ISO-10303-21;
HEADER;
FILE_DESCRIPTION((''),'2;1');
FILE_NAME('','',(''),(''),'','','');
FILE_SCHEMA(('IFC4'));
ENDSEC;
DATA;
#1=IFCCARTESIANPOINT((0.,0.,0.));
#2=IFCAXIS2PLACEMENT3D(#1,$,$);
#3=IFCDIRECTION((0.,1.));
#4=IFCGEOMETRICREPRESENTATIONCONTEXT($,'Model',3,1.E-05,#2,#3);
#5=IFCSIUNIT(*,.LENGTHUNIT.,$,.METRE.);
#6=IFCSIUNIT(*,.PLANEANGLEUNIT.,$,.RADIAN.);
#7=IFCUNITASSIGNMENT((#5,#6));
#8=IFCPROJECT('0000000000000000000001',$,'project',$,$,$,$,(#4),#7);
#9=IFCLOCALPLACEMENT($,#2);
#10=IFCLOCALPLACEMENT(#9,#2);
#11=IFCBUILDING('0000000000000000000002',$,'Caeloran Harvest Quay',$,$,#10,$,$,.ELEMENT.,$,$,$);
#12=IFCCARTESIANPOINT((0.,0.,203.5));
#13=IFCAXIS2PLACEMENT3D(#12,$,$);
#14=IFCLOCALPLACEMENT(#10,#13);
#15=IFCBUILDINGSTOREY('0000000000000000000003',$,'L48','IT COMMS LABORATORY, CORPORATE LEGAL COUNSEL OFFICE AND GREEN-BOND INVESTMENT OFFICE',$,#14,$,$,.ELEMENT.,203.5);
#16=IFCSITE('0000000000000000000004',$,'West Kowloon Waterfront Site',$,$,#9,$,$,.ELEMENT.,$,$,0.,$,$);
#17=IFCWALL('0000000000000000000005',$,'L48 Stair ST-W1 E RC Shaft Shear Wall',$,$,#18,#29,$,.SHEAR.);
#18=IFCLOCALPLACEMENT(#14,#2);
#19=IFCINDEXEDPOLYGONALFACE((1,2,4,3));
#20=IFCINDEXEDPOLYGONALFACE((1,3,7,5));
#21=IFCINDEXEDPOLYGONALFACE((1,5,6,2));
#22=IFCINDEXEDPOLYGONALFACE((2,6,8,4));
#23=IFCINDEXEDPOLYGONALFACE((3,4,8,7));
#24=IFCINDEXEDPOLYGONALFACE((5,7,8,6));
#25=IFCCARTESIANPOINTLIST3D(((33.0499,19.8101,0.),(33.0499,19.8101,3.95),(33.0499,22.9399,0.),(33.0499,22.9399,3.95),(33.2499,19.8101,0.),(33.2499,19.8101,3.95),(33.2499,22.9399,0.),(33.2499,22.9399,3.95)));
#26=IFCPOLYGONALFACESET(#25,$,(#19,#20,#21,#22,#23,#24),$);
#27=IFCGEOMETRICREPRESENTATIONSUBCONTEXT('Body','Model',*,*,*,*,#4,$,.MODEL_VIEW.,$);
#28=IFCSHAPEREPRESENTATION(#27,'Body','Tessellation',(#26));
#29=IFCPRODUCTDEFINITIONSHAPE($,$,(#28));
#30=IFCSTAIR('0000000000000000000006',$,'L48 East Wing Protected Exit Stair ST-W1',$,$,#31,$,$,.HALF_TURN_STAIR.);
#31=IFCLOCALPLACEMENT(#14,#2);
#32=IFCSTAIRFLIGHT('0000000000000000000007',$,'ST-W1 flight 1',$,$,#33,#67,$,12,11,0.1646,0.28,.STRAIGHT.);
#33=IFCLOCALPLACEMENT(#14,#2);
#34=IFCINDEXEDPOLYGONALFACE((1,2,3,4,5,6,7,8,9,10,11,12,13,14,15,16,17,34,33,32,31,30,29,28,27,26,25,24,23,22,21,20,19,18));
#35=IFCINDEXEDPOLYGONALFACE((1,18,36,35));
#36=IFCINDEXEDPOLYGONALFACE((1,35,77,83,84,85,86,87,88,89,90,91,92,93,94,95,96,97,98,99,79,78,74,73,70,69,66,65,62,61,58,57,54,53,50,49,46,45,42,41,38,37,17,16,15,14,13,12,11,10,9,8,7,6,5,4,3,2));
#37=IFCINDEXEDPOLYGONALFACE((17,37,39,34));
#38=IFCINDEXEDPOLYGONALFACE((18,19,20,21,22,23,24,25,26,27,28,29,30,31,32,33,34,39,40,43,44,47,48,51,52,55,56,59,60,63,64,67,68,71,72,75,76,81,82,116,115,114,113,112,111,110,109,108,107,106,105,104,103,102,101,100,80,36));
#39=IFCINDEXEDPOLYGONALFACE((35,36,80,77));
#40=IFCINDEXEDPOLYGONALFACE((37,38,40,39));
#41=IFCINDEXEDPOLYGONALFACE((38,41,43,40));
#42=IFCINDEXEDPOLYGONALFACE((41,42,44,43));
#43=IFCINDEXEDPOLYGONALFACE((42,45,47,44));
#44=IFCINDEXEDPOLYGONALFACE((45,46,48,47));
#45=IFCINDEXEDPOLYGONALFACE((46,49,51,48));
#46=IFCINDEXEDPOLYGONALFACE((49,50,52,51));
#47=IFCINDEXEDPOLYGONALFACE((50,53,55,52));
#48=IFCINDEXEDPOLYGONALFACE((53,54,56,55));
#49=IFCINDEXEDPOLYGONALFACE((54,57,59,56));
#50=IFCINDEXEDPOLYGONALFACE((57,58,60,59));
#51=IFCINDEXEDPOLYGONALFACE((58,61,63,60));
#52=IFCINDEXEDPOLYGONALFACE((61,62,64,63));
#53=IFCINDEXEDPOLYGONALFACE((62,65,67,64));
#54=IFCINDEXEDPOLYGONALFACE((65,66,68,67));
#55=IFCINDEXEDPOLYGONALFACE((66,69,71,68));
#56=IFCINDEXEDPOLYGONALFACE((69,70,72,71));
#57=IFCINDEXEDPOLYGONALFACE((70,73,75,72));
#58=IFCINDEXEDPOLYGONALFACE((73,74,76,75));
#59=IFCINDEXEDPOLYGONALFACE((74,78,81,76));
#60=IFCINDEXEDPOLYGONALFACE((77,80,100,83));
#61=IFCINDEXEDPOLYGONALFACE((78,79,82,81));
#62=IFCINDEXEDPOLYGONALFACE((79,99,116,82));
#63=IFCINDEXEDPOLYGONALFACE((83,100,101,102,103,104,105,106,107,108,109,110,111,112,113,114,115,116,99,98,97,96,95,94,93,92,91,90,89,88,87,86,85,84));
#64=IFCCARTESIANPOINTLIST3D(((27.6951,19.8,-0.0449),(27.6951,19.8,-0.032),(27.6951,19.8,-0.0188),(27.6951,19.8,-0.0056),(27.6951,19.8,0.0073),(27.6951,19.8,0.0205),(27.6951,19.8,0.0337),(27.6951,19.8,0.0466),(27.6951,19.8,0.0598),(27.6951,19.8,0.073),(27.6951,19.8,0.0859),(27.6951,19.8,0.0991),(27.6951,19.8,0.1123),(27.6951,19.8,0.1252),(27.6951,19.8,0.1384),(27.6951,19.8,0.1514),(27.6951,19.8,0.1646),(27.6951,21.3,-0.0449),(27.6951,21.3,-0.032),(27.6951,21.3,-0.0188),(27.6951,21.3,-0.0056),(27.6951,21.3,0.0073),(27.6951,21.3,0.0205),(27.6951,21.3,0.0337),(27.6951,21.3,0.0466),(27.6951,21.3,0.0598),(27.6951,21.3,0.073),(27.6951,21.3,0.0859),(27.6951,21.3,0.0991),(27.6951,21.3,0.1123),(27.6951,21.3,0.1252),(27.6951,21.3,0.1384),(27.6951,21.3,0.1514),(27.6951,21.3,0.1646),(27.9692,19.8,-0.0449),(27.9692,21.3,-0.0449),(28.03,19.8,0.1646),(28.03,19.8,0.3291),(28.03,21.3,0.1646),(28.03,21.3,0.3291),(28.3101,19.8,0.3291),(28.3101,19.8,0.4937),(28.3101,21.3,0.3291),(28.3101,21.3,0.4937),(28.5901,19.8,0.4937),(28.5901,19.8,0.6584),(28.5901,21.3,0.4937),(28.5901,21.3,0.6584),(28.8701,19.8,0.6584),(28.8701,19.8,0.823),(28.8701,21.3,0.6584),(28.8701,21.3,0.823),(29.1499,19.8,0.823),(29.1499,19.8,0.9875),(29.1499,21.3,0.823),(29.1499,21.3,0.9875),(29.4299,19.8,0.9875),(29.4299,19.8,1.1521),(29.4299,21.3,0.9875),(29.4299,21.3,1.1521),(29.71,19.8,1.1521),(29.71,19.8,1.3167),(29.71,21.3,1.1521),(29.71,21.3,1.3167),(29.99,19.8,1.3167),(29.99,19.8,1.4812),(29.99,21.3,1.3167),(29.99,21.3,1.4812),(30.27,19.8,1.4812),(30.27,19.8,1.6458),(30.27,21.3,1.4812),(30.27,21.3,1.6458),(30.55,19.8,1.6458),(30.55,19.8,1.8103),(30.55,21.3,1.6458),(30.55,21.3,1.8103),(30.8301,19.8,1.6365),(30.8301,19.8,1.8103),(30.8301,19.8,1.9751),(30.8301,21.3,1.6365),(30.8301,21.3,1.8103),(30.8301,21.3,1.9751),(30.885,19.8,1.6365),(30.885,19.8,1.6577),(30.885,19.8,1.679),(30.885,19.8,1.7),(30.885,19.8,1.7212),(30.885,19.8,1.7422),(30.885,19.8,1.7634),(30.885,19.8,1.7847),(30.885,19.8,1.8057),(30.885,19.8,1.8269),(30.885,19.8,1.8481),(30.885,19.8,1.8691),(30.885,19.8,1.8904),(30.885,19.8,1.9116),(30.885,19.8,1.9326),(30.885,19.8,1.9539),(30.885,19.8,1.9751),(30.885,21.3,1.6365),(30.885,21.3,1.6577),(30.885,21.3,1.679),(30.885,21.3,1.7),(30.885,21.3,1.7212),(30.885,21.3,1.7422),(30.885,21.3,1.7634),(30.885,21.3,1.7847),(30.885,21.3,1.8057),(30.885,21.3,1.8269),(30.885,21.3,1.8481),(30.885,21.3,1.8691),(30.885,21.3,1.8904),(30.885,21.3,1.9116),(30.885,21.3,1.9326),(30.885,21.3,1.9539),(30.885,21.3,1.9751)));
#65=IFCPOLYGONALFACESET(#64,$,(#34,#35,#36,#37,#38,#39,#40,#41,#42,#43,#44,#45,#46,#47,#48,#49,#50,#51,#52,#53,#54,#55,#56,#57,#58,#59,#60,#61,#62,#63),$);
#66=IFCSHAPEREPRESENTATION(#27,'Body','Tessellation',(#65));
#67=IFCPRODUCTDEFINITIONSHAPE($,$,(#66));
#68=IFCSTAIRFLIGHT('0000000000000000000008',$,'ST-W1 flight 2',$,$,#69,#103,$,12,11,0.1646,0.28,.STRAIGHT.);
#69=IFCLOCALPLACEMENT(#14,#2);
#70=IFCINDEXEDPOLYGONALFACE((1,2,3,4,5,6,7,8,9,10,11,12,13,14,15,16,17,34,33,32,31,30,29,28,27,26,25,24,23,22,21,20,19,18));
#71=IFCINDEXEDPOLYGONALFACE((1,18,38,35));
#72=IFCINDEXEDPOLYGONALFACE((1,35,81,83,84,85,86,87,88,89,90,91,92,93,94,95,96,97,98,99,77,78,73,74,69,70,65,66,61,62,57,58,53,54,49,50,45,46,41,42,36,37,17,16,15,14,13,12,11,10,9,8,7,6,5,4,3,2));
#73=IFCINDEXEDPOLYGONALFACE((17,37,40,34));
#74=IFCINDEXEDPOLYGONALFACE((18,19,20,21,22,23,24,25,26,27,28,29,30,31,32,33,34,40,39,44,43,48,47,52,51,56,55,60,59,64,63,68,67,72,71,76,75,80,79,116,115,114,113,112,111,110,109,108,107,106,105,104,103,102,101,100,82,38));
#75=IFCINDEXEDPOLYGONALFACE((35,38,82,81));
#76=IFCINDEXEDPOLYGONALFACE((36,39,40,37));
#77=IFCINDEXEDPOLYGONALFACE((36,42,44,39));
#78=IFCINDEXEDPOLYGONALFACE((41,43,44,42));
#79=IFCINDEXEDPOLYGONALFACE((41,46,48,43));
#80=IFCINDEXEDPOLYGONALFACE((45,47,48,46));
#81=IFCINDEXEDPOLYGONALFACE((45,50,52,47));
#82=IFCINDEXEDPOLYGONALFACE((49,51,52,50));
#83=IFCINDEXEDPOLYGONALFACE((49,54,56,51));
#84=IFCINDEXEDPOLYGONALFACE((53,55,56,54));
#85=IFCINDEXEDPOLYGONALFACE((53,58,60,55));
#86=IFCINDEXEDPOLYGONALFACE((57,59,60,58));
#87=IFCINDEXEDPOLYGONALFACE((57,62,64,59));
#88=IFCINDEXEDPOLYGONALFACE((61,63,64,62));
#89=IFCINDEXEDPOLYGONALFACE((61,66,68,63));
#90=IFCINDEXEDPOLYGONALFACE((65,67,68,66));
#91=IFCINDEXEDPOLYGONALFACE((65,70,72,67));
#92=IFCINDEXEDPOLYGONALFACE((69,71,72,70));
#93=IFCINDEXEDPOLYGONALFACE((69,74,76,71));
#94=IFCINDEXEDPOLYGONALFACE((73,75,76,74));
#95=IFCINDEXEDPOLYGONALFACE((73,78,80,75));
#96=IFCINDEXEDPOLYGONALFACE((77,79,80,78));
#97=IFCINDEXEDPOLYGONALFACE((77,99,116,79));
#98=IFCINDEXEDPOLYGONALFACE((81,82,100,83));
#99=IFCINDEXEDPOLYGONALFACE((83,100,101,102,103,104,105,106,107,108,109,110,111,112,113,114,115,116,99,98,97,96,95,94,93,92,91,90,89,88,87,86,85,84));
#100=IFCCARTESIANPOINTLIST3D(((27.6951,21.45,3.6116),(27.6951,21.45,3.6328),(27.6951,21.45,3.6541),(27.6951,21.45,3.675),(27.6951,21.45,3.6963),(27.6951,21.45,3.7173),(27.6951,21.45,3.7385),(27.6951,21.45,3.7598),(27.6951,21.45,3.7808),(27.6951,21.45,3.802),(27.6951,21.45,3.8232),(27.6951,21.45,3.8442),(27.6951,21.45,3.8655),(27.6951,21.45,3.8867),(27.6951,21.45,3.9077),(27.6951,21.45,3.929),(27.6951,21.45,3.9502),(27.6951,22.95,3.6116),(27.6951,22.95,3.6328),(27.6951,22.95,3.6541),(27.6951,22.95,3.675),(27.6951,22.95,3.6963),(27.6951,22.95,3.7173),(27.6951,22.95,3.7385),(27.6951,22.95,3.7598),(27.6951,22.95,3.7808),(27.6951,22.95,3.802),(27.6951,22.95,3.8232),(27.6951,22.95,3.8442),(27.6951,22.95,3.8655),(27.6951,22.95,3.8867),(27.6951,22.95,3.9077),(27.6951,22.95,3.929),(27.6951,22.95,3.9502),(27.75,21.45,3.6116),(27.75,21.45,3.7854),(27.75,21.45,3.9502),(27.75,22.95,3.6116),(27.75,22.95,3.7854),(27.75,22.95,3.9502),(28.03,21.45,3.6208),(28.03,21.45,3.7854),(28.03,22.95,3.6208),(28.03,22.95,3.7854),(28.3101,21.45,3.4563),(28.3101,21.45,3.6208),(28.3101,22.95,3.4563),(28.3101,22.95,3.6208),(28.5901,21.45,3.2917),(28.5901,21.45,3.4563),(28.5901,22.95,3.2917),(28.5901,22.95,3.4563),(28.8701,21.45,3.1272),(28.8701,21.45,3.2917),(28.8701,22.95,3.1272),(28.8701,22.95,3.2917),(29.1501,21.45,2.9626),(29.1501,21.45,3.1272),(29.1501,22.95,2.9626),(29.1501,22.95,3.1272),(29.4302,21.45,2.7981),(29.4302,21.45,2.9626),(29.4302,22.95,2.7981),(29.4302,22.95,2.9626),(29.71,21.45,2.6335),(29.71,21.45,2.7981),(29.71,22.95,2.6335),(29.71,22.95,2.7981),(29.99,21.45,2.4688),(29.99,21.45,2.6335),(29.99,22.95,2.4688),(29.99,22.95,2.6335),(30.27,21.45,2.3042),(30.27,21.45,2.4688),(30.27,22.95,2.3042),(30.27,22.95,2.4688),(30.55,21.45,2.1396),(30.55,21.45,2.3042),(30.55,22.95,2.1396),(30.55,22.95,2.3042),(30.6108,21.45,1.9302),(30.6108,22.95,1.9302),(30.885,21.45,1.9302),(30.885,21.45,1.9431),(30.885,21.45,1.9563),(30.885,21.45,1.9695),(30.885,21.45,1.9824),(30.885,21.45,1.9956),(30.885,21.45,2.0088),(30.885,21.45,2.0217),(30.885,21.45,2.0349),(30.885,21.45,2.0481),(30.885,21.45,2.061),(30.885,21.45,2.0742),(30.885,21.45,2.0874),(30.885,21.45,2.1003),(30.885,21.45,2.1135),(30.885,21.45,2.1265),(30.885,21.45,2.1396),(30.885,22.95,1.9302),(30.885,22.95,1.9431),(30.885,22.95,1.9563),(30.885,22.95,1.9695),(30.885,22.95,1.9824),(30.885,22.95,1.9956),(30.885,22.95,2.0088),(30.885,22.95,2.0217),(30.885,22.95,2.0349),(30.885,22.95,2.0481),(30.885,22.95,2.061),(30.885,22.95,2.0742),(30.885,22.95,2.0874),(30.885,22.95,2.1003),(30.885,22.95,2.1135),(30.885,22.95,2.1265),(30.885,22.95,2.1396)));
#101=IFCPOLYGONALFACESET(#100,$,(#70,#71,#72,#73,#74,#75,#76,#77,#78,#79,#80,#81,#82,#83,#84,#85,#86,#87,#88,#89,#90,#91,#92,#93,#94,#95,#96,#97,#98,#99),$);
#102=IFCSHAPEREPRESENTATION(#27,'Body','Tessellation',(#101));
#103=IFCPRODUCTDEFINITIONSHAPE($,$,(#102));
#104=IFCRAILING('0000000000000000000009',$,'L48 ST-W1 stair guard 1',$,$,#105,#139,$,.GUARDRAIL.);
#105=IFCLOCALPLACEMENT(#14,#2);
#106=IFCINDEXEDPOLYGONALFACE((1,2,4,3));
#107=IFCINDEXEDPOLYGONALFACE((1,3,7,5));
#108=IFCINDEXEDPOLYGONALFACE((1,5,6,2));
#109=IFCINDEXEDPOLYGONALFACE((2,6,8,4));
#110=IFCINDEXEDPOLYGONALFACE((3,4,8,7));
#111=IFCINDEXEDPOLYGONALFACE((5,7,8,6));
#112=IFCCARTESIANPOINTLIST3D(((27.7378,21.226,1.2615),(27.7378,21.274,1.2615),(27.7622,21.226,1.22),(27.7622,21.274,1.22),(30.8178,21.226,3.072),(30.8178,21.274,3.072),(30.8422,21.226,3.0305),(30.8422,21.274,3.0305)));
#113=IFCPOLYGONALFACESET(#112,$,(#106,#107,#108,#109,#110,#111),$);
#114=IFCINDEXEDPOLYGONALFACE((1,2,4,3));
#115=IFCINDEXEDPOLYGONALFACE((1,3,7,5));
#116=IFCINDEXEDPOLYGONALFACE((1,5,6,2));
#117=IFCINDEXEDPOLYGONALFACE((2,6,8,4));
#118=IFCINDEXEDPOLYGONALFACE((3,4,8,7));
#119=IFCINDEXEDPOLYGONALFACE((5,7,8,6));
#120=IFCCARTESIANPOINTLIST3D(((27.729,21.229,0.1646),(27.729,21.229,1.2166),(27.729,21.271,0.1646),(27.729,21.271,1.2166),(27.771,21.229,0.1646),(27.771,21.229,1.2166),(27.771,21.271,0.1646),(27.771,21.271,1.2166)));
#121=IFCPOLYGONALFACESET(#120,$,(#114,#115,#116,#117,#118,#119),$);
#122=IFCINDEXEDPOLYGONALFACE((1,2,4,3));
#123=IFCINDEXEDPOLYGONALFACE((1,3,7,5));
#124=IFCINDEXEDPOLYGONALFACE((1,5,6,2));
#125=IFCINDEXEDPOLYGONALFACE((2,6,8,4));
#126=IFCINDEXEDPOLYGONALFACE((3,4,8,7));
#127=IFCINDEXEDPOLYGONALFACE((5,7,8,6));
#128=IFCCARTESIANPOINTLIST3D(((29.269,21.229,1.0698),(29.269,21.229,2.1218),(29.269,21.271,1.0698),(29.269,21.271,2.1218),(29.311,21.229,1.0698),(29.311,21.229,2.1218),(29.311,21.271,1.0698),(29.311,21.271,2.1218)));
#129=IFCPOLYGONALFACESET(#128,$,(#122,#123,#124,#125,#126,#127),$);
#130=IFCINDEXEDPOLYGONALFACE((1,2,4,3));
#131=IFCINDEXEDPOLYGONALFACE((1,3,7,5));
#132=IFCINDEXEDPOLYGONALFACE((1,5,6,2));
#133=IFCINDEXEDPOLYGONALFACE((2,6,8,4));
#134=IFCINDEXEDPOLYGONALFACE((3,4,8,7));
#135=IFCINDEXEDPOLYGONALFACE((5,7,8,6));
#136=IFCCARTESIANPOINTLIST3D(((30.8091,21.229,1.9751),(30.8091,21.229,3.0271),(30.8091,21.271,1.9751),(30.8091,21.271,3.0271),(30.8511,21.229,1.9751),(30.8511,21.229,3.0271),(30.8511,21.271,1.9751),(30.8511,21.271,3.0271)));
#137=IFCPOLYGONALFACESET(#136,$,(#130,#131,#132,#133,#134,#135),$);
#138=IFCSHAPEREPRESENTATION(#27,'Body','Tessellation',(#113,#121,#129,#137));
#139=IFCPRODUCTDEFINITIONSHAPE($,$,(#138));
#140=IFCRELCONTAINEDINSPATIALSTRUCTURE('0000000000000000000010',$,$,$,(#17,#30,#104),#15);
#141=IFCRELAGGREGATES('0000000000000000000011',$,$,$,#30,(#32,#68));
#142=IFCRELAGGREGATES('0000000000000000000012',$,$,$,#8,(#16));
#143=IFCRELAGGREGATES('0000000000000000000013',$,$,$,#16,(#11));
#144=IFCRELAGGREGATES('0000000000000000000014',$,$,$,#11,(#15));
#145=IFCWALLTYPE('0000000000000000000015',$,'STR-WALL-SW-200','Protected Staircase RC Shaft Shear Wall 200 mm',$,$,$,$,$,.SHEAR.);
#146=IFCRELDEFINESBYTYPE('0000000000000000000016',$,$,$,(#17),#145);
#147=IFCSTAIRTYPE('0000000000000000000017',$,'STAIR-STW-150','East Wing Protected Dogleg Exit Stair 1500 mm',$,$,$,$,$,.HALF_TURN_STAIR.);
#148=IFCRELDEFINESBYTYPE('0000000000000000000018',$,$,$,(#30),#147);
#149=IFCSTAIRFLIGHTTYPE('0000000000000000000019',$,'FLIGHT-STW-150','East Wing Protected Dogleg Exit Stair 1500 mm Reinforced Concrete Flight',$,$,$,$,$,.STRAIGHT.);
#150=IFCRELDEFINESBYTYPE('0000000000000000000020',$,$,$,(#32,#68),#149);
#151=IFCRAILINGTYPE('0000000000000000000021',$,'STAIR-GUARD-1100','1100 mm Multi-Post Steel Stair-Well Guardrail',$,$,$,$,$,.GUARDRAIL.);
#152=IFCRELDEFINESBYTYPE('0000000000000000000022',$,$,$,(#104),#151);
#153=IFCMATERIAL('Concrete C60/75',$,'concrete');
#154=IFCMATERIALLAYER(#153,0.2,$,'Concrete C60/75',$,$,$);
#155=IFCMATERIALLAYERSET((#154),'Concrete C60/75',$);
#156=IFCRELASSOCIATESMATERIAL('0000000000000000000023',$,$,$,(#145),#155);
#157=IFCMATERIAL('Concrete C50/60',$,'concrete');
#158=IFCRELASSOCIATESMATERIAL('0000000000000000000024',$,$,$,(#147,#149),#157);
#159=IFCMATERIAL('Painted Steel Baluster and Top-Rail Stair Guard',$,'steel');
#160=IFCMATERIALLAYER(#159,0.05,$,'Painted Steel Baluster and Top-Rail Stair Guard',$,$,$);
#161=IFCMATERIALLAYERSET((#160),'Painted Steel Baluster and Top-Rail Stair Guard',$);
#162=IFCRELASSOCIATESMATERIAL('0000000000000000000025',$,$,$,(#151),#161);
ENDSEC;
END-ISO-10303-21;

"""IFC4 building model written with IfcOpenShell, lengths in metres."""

from ifc_helpers import new_model, si_unit, direction, frame, frame_2d, origin, origin_2d, place, context, subcontext, project, spatial, polyline, rectangle, outline, extrude, material, layer, layer_set, type_object, element, aggregate, save


model = new_model("IFC4")

# Units and contexts
model_context = context("Model", 3, precision=1e-05, world=origin(), true_north=direction((0.0, 1.0)))
body_context = subcontext(model_context, "Body", "Model", "MODEL_VIEW")
ifc_project = project(units=[si_unit("LENGTHUNIT", "METRE"), si_unit("PLANEANGLEUNIT", "RADIAN")], contexts=[model_context])

# Site, building, storey
site_placement = place(None, origin())
site = spatial("IfcSite", under=ifc_project, at=site_placement, Name="West Kowloon Waterfront Site", CompositionType="ELEMENT", RefElevation=0.0)
building_placement = place(site_placement, origin())
building = spatial("IfcBuilding", under=site, at=building_placement, Name="Caeloran Harvest Quay", CompositionType="ELEMENT")
storey_placement = place(building_placement, frame((0.0, 0.0, 203.5)))
storey = spatial("IfcBuildingStorey", under=building, at=storey_placement, Name="L48", Description="IT COMMS LABORATORY, CORPORATE LEGAL COUNSEL OFFICE AND GREEN-BOND INVESTMENT OFFICE", CompositionType="ELEMENT", Elevation=203.5)

# Shared definitions
ifc_material_1 = material(Name="Concrete C60/75", Category="concrete")
ifc_layer_1 = layer(ifc_material_1, 0.2, Name="Concrete C60/75")
ifc_layer_set_1 = layer_set([ifc_layer_1], Name="Concrete C60/75")
wall_type_1 = type_object("IfcWallType", Name="STR-WALL-SW-200", Description="Protected Staircase RC Shaft Shear Wall 200 mm", PredefinedType="SHEAR", material=ifc_layer_set_1)

# Wall
for number, where, z_axis, x_axis, name in (
    (1, (33.1499, 19.8101, 0.0), (0.0, 0.0, 1.0), (0.0, 1.0, 0.0), "L48 Stair ST-W1 E RC Shaft Shear Wall"),
):
    element("IfcWall", number, at=place(storey_placement, frame(where, z_axis=z_axis, x_axis=x_axis)), inside=storey, type_object=wall_type_1, Name=name, PredefinedType="SHEAR", context=body_context, shape_type="SweptSolid", body=[
        extrude(rectangle(XDim=3.1299, YDim=0.2, at=frame_2d((1.5649, 0.0))), origin(), (0.0, 0.0, 1.0), 3.95),
    ])

# Stair, stair flights
ifc_material_2 = material(Name="Concrete C50/60", Category="concrete")
stair_type = type_object("IfcStairType", Name="STAIR-STW-150", Description="East Wing Protected Dogleg Exit Stair 1500 mm", PredefinedType="HALF_TURN_STAIR", material=ifc_material_2)
stair_placement = place(storey_placement, origin())
stair = element("IfcStair", 2, at=stair_placement, inside=storey, type_object=stair_type, Name="L48 East Wing Protected Exit Stair ST-W1", PredefinedType="HALF_TURN_STAIR")
stair_flight_type = type_object("IfcStairFlightType", Name="FLIGHT-STW-150", Description="East Wing Protected Dogleg Exit Stair 1500 mm Reinforced Concrete Flight", PredefinedType="STRAIGHT", material=ifc_material_2)
stair_flight_1_placement = place(storey_placement, frame((27.75, 20.55, 0.0), z_axis=(0.0, 0.0, 1.0), x_axis=(1.0, 0.0, 0.0)))
stair_flight_1 = element("IfcStairFlight", 3, at=stair_flight_1_placement, type_object=stair_flight_type, Name="ST-W1 flight 1", NumberOfRisers=12, NumberOfTreads=11, PredefinedType="STRAIGHT", RiserHeight=0.1646, TreadLength=0.28, context=body_context, shape_type="SweptSolid", body=[
    extrude(outline(polyline([(-0.0549, -0.0449), (-0.0549, -0.032), (-0.0549, -0.0188), (-0.0549, -0.0056), (-0.0549, 0.0073), (-0.0549, 0.0205), (-0.0549, 0.0337), (-0.0549, 0.0466), (-0.0549, 0.0598), (-0.0549, 0.073), (-0.0549, 0.0859), (-0.0549, 0.0991), (-0.0549, 0.1123), (-0.0549, 0.1252), (-0.0549, 0.1384), (-0.0549, 0.1514), (-0.0549, 0.1646), (0.28, 0.1646), (0.28, 0.3291), (0.5601, 0.3291), (0.5601, 0.4937), (0.8401, 0.4937), (0.8401, 0.6584), (1.1201, 0.6584), (1.1201, 0.823), (1.3999, 0.823), (1.3999, 0.9875), (1.6799, 0.9875), (1.6799, 1.1521), (1.96, 1.1521), (1.96, 1.3167), (2.24, 1.3167), (2.24, 1.4812), (2.52, 1.4812), (2.52, 1.6458), (2.8, 1.6458), (2.8, 1.8103), (3.0801, 1.8103), (3.0801, 1.9751), (3.135, 1.9751), (3.135, 1.9539), (3.135, 1.9326), (3.135, 1.9116), (3.135, 1.8904), (3.135, 1.8691), (3.135, 1.8481), (3.135, 1.8269), (3.135, 1.8057), (3.135, 1.7847), (3.135, 1.7634), (3.135, 1.7422), (3.135, 1.7212), (3.135, 1.7), (3.135, 1.679), (3.135, 1.6577), (3.135, 1.6365), (3.0801, 1.6365), (0.2192, -0.0449), (-0.0549, -0.0449)])), frame((0.0, 0.75, 0.0), z_axis=(0.0, -1.0, 0.0), x_axis=(1.0, 0.0, 0.0)), (0.0, 0.0, 1.0), 1.5),
])
stair_flight_2_placement = place(storey_placement, frame((30.8301, 22.2, 1.9751), z_axis=(0.0, 0.0, 1.0), x_axis=(-1.0, 0.0, 0.0)))
stair_flight_2 = element("IfcStairFlight", 4, at=stair_flight_2_placement, type_object=stair_flight_type, Name="ST-W1 flight 2", NumberOfRisers=12, NumberOfTreads=11, PredefinedType="STRAIGHT", RiserHeight=0.1646, TreadLength=0.28, context=body_context, shape_type="SweptSolid", body=[
    extrude(outline(polyline([(-0.0549, -0.0449), (-0.0549, -0.032), (-0.0549, -0.0188), (-0.0549, -0.0056), (-0.0549, 0.0073), (-0.0549, 0.0205), (-0.0549, 0.0337), (-0.0549, 0.0466), (-0.0549, 0.0598), (-0.0549, 0.073), (-0.0549, 0.0859), (-0.0549, 0.0991), (-0.0549, 0.1123), (-0.0549, 0.1252), (-0.0549, 0.1384), (-0.0549, 0.1514), (-0.0549, 0.1646), (0.28, 0.1646), (0.28, 0.3291), (0.5601, 0.3291), (0.5601, 0.4937), (0.8401, 0.4937), (0.8401, 0.6584), (1.1201, 0.6584), (1.1201, 0.823), (1.3999, 0.823), (1.3999, 0.9875), (1.6799, 0.9875), (1.6799, 1.1521), (1.96, 1.1521), (1.96, 1.3167), (2.24, 1.3167), (2.24, 1.4812), (2.52, 1.4812), (2.52, 1.6458), (2.8, 1.6458), (2.8, 1.8103), (3.0801, 1.8103), (3.0801, 1.9751), (3.135, 1.9751), (3.135, 1.9539), (3.135, 1.9326), (3.135, 1.9116), (3.135, 1.8904), (3.135, 1.8691), (3.135, 1.8481), (3.135, 1.8269), (3.135, 1.8057), (3.135, 1.7847), (3.135, 1.7634), (3.135, 1.7422), (3.135, 1.7212), (3.135, 1.7), (3.135, 1.679), (3.135, 1.6577), (3.135, 1.6365), (3.0801, 1.6365), (0.2192, -0.0449), (-0.0549, -0.0449)])), frame((0.0, 0.75, 0.0), z_axis=(0.0, -1.0, 0.0), x_axis=(1.0, 0.0, 0.0)), (0.0, 0.0, 1.0), 1.5),
])
aggregate(stair, [stair_flight_1, stair_flight_2])

# Railing
ifc_material_3 = material(Name="Painted Steel Baluster and Top-Rail Stair Guard", Category="steel")
ifc_layer_2 = layer(ifc_material_3, 0.05, Name="Painted Steel Baluster and Top-Rail Stair Guard")
ifc_layer_set_2 = layer_set([ifc_layer_2], Name="Painted Steel Baluster and Top-Rail Stair Guard")
railing_type_1 = type_object("IfcRailingType", Name="STAIR-GUARD-1100", Description="1100 mm Multi-Post Steel Stair-Well Guardrail", PredefinedType="GUARDRAIL", material=ifc_layer_set_2)
railing_1_placement = place(storey_placement, frame((27.75, 21.25, 0.1646)))
element("IfcRailing", 5, at=railing_1_placement, inside=storey, type_object=railing_type_1, Name="L48 ST-W1 stair guard 1", PredefinedType="GUARDRAIL", context=body_context, shape_type="SweptSolid", body=[
    extrude(rectangle(XDim=0.0481, YDim=0.0481, at=origin_2d()), frame((0.0, 0.0, 1.0762), z_axis=(0.862089, 0.0, 0.506757), x_axis=(0.0, 1.0, 0.0)), (0.0, 0.0, 1.0), 3.5728),
    extrude(rectangle(XDim=0.042, YDim=0.042, at=origin_2d()), origin(), (0.0, 0.0, 1.0), 1.052),
    extrude(rectangle(XDim=0.042, YDim=0.042, at=origin_2d()), frame((1.54, 0.0, 0.9053)), (0.0, 0.0, 1.0), 1.052),
    extrude(rectangle(XDim=0.042, YDim=0.042, at=origin_2d()), frame((3.0801, 0.0, 1.8105)), (0.0, 0.0, 1.0), 1.052),
])

save(model, "model.ifc")
